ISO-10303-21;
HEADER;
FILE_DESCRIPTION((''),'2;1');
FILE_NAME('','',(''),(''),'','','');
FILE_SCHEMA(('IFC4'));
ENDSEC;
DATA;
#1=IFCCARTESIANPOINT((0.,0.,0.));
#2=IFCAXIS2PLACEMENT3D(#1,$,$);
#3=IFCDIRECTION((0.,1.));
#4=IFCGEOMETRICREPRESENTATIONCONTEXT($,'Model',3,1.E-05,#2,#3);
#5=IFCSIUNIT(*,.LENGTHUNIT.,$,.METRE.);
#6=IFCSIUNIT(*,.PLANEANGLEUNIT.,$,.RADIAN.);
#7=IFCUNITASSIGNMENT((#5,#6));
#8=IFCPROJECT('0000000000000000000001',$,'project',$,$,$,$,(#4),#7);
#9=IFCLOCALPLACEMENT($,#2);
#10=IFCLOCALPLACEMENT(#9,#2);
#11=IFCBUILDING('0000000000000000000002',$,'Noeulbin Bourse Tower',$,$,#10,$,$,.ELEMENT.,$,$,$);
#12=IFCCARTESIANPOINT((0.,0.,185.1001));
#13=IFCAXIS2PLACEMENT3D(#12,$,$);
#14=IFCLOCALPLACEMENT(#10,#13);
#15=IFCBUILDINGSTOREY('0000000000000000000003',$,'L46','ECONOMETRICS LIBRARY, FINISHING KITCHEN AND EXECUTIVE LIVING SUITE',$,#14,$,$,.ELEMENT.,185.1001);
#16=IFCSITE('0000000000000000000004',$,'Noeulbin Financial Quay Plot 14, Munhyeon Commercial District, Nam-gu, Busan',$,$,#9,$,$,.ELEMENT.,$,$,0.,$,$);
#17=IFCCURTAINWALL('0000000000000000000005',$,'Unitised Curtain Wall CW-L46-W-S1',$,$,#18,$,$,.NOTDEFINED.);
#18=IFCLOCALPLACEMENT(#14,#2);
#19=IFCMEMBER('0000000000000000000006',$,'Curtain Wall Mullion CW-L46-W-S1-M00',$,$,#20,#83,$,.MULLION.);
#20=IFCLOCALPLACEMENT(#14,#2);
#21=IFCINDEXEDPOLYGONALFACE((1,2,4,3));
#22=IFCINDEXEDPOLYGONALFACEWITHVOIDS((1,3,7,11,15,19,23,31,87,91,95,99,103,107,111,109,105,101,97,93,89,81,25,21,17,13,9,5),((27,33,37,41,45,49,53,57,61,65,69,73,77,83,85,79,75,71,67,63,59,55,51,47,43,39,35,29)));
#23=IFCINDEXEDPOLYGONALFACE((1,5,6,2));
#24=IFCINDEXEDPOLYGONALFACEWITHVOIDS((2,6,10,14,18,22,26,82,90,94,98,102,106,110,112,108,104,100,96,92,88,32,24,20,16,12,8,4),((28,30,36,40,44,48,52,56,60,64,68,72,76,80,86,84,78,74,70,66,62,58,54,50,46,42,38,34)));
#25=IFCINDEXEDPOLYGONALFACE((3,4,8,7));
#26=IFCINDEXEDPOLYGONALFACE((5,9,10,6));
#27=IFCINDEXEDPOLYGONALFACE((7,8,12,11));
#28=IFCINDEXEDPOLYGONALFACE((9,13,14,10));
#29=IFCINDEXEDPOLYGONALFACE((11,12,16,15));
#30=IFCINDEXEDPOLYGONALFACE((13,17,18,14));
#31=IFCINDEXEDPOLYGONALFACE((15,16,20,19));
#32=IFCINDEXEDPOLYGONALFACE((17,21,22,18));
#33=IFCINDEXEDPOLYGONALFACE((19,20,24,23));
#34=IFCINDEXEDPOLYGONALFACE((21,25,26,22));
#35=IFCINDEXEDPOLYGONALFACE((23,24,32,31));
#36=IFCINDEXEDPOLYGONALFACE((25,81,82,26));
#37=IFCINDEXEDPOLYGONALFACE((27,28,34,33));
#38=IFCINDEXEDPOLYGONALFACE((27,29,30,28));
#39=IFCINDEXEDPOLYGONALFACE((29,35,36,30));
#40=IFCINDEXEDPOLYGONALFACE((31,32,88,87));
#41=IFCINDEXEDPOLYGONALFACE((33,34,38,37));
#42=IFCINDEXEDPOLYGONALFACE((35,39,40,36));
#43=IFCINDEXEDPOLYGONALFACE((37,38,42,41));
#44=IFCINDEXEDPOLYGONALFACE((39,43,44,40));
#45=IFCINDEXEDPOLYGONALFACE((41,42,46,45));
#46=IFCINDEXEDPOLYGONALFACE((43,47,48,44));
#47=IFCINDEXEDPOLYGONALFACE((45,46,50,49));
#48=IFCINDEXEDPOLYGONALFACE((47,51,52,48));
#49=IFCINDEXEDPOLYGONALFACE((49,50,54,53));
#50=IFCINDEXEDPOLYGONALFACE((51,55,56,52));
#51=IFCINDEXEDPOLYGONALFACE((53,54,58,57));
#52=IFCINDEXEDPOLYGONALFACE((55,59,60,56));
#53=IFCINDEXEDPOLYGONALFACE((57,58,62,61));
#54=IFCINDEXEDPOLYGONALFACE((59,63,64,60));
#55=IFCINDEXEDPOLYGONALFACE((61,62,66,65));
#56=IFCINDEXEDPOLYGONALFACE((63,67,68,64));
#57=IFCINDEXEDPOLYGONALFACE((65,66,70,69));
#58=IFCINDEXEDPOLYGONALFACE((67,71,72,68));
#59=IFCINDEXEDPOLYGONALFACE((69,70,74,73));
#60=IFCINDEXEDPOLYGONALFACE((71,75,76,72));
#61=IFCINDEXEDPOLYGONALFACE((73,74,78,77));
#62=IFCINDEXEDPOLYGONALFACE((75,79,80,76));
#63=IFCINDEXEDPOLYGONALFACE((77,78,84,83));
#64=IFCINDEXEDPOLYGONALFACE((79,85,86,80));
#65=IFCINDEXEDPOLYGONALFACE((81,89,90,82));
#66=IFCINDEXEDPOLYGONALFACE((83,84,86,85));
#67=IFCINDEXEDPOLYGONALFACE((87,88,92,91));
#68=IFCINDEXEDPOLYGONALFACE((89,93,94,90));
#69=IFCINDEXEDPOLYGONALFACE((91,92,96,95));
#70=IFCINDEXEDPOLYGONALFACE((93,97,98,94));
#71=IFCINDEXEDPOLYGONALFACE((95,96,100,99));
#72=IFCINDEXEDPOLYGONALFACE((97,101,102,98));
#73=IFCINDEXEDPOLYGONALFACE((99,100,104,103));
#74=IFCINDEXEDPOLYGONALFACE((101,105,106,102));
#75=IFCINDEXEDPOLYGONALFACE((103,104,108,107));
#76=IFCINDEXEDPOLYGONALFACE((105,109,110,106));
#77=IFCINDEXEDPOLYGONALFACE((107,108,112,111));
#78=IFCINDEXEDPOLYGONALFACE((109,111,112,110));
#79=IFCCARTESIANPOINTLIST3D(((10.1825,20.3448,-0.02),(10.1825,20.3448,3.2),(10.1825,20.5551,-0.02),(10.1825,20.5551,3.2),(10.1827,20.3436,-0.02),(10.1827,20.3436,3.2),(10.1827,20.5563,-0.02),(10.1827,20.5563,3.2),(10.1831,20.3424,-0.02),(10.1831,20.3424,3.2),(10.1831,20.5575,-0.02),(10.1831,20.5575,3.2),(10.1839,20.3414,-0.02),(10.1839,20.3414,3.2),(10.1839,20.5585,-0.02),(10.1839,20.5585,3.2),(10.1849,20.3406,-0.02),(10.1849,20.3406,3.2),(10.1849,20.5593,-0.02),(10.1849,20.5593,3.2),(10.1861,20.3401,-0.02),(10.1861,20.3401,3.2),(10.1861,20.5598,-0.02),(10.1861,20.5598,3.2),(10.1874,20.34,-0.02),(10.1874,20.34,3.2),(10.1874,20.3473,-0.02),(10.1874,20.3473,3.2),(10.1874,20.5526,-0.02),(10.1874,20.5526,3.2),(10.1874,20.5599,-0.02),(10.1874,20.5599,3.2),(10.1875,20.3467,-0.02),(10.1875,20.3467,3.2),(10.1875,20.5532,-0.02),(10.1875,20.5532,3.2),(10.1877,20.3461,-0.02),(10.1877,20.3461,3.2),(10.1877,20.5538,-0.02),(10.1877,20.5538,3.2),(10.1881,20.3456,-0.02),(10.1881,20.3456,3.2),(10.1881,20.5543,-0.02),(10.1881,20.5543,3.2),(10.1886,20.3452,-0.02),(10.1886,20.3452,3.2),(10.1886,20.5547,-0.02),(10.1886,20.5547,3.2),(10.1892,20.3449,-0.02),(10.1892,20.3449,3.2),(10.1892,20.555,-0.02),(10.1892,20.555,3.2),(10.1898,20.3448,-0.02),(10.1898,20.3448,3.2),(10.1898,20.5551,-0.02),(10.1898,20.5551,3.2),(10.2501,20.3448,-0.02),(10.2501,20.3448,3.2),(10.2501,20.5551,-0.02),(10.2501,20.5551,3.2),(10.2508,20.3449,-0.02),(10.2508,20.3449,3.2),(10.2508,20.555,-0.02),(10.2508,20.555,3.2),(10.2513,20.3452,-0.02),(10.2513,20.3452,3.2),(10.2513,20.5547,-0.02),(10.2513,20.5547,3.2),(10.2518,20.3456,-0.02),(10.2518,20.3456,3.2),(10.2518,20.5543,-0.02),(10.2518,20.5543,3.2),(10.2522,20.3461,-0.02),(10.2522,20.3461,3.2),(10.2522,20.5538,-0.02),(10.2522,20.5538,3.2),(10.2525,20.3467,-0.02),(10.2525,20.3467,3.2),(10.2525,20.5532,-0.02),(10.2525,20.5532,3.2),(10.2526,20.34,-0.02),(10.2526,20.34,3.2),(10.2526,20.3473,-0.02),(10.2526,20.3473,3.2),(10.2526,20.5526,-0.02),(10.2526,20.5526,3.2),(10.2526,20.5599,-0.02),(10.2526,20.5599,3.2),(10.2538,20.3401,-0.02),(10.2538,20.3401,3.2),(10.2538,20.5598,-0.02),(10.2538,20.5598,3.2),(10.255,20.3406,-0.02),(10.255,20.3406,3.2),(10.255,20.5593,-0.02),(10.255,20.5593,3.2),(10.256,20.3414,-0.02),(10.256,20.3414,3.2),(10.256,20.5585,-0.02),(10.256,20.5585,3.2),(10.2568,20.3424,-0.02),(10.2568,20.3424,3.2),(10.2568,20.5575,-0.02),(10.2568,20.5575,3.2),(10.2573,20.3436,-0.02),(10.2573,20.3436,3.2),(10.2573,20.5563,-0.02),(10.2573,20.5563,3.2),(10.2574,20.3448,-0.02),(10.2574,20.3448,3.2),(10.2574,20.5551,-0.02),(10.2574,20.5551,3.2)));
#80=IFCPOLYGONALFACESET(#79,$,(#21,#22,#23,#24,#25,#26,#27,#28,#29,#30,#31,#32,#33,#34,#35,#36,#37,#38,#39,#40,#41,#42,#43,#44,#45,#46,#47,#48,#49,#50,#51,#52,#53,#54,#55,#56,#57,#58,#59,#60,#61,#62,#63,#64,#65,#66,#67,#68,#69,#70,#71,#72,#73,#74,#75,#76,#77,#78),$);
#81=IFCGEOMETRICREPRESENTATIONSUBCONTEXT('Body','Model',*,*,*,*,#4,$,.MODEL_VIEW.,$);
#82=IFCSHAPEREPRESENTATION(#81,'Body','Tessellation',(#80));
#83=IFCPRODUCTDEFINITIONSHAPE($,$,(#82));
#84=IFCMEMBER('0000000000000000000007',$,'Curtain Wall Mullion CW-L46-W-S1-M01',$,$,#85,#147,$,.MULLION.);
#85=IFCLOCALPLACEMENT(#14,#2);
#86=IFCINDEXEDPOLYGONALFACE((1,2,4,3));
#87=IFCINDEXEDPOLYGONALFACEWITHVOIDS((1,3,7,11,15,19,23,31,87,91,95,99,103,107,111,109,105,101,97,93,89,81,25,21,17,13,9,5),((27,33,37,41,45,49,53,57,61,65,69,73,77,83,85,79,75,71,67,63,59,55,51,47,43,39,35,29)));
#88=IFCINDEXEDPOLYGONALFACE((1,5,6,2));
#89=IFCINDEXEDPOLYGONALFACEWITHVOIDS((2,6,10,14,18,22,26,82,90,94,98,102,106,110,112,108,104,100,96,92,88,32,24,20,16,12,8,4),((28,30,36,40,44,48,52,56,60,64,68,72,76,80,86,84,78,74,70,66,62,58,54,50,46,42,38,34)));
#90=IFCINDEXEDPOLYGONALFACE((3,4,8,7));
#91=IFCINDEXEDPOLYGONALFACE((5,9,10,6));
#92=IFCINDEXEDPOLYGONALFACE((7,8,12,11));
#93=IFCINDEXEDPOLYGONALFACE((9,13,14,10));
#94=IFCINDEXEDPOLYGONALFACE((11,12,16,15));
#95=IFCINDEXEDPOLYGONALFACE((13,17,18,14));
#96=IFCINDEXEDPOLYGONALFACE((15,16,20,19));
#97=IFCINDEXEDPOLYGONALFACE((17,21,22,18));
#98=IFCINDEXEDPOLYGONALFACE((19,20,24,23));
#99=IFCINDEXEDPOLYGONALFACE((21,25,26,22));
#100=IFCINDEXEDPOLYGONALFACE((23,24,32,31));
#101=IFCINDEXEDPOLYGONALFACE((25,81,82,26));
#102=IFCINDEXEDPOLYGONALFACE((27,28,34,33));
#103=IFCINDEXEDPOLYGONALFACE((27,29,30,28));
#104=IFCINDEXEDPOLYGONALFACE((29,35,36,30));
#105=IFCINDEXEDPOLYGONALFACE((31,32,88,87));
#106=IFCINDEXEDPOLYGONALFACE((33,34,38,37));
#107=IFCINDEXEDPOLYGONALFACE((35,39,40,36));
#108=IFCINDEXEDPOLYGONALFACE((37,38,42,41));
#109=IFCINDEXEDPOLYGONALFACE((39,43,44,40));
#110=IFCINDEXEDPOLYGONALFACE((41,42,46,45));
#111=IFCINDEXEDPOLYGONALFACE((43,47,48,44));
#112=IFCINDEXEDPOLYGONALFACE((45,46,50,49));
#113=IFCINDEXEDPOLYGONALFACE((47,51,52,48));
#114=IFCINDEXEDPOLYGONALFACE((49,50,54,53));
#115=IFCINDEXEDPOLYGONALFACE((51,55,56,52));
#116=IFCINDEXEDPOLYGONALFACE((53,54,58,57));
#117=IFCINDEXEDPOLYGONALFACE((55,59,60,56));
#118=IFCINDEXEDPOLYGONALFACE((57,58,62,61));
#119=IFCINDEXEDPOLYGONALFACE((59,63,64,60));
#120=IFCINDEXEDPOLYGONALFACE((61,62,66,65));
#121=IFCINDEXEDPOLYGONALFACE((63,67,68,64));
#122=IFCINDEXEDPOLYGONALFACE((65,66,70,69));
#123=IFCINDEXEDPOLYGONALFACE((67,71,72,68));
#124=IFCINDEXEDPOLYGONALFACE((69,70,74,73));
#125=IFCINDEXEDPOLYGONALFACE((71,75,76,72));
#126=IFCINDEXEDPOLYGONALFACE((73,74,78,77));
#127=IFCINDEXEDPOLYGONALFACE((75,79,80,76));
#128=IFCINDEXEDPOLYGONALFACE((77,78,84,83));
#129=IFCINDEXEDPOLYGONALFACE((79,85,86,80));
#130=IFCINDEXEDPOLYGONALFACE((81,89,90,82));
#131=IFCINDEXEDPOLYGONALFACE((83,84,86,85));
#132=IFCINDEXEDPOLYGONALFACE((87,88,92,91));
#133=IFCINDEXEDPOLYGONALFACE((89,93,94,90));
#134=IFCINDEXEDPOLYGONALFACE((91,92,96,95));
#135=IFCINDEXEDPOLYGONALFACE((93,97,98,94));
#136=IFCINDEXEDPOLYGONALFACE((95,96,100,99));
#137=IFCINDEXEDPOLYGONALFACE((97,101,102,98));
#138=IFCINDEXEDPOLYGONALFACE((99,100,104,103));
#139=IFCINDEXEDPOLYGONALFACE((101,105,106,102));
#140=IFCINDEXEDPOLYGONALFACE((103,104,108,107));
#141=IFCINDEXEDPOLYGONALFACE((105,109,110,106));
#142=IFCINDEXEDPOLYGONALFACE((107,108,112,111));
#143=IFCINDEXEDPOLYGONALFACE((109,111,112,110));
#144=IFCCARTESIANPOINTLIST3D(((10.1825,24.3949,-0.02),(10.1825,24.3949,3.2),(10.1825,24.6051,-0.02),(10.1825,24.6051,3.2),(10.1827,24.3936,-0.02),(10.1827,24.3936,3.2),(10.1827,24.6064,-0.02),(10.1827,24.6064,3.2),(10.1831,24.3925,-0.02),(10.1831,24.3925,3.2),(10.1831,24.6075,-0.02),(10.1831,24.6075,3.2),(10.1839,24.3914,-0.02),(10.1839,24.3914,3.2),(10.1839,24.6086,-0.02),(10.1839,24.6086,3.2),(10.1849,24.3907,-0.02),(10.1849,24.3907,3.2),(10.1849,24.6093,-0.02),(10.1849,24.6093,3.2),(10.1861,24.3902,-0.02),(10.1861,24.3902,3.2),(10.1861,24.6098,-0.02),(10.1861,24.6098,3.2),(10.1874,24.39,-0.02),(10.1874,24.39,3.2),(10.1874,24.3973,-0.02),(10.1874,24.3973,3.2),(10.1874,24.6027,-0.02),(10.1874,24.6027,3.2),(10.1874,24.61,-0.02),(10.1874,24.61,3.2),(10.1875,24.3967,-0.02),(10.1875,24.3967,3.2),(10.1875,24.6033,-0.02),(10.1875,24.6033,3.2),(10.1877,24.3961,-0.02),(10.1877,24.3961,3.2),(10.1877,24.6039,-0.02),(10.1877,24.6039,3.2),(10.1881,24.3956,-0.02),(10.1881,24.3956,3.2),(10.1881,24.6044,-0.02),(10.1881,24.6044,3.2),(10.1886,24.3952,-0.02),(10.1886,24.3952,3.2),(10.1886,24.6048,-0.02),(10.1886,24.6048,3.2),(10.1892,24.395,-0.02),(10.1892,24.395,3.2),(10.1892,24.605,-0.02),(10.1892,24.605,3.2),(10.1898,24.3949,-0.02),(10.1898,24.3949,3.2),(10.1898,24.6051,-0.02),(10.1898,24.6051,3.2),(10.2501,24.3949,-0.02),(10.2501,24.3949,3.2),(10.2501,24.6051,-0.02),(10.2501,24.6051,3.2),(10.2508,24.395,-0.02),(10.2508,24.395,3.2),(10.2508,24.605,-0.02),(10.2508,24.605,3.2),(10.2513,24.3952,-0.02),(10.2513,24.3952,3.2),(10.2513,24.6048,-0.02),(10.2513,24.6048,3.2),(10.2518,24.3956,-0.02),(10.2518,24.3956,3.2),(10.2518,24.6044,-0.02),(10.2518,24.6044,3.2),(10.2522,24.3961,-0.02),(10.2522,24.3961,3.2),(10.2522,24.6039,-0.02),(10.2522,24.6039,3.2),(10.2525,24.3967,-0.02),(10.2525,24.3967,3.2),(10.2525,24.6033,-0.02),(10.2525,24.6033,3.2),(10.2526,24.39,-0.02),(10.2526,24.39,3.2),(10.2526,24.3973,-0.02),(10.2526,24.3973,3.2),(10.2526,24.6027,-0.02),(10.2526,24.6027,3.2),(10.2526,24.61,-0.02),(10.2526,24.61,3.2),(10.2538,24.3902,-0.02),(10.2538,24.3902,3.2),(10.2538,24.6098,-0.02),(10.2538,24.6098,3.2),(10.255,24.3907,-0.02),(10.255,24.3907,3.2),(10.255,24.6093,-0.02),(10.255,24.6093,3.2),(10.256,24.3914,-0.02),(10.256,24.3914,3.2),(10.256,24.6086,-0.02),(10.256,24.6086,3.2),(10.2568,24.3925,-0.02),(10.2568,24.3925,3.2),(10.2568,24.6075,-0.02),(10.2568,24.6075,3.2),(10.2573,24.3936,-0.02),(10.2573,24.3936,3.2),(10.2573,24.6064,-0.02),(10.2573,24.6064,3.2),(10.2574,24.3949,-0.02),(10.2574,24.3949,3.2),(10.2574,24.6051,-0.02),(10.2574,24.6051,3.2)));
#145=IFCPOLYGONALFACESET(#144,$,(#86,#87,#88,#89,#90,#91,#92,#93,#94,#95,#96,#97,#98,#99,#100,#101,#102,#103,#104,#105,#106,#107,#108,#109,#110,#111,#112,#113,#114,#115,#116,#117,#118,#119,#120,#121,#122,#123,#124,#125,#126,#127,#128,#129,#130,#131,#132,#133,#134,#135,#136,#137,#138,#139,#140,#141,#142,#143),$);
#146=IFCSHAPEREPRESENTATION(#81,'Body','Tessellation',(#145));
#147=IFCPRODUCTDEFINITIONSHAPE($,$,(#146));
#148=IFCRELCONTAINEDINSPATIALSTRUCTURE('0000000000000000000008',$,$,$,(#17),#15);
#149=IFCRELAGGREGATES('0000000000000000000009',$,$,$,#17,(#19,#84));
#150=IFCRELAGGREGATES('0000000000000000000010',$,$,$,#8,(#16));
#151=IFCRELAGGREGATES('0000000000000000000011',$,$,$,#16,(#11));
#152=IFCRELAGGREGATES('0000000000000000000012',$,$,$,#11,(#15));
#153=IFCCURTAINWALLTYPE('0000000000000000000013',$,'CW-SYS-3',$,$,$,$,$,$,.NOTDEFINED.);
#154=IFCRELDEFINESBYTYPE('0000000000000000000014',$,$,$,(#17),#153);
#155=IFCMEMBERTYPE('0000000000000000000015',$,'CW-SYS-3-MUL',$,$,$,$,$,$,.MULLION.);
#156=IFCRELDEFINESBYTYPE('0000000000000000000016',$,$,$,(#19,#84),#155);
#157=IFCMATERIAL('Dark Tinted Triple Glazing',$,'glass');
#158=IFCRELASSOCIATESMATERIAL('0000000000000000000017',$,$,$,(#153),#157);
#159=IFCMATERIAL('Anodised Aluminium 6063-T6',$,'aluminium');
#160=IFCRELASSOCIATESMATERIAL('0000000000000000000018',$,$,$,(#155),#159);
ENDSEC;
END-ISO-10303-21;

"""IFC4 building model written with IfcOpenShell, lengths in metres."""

from ifc_helpers import new_model, si_unit, direction, frame, origin, origin_2d, place, context, subcontext, project, spatial, hollow_rectangle, extrude, material, material_profile, profile_set, type_object, element, aggregate, save


model = new_model("IFC4")

# Units and contexts
model_context = context("Model", 3, precision=1e-05, world=origin(), true_north=direction((0.0, 1.0)))
body_context = subcontext(model_context, "Body", "Model", "MODEL_VIEW")
ifc_project = project(units=[si_unit("LENGTHUNIT", "METRE"), si_unit("PLANEANGLEUNIT", "RADIAN")], contexts=[model_context])

# Site, building, storey
site_placement = place(None, origin())
site = spatial("IfcSite", under=ifc_project, at=site_placement, Name="Noeulbin Financial Quay Plot 14, Munhyeon Commercial District, Nam-gu, Busan", CompositionType="ELEMENT", RefElevation=0.0)
building_placement = place(site_placement, origin())
building = spatial("IfcBuilding", under=site, at=building_placement, Name="Noeulbin Bourse Tower", CompositionType="ELEMENT")
storey_placement = place(building_placement, frame((0.0, 0.0, 185.1001)))
storey = spatial("IfcBuildingStorey", under=building, at=storey_placement, Name="L46", Description="ECONOMETRICS LIBRARY, FINISHING KITCHEN AND EXECUTIVE LIVING SUITE", CompositionType="ELEMENT", Elevation=185.1001)

# Curtain wall, members
ifc_material_1 = material(Name="Dark Tinted Triple Glazing", Category="glass")
curtain_wall_type = type_object("IfcCurtainWallType", Name="CW-SYS-3", PredefinedType="NOTDEFINED", material=ifc_material_1)
curtain_wall_placement = place(storey_placement, origin())
curtain_wall = element("IfcCurtainWall", 1, at=curtain_wall_placement, inside=storey, type_object=curtain_wall_type, Name="Unitised Curtain Wall CW-L46-W-S1", PredefinedType="NOTDEFINED")
ifc_material_2 = material(Name="Anodised Aluminium 6063-T6", Category="aluminium")
ifc_material_profile_1 = material_profile(ifc_material_2, hollow_rectangle(XDim=0.075, YDim=0.22, WallThickness=0.0049, InnerFilletRadius=0.0024, OuterFilletRadius=0.0049, at=origin_2d()), Name="ALU-MULL-75x220x5", Category="LoadBearing")
ifc_profile_set_1 = profile_set([ifc_material_profile_1], Name="Anodised Aluminium 6063-T6")
member_type_1 = type_object("IfcMemberType", Name="CW-SYS-3-MUL", PredefinedType="MULLION", material=ifc_profile_set_1)
member_1_placement = place(storey_placement, frame((10.22, 20.45, -0.02), z_axis=(0.0, 0.0, 1.0), x_axis=(1.0, 0.0, 0.0)))
member_1 = element("IfcMember", 2, at=member_1_placement, type_object=member_type_1, Name="Curtain Wall Mullion CW-L46-W-S1-M00", PredefinedType="MULLION", context=body_context, shape_type="SweptSolid", body=[
    extrude(hollow_rectangle(XDim=0.075, YDim=0.22, WallThickness=0.0049, InnerFilletRadius=0.0024, OuterFilletRadius=0.0049, at=origin_2d()), origin(), (0.0, 0.0, 1.0), 3.22),
])
member_2_placement = place(storey_placement, frame((10.22, 24.5, -0.02), z_axis=(0.0, 0.0, 1.0), x_axis=(1.0, 0.0, 0.0)))
member_2 = element("IfcMember", 3, at=member_2_placement, type_object=member_type_1, Name="Curtain Wall Mullion CW-L46-W-S1-M01", PredefinedType="MULLION", context=body_context, shape_type="SweptSolid", body=[
    extrude(hollow_rectangle(XDim=0.075, YDim=0.22, WallThickness=0.0049, InnerFilletRadius=0.0024, OuterFilletRadius=0.0049, at=origin_2d()), origin(), (0.0, 0.0, 1.0), 3.22),
])
aggregate(curtain_wall, [member_1, member_2])

save(model, "model.ifc")
